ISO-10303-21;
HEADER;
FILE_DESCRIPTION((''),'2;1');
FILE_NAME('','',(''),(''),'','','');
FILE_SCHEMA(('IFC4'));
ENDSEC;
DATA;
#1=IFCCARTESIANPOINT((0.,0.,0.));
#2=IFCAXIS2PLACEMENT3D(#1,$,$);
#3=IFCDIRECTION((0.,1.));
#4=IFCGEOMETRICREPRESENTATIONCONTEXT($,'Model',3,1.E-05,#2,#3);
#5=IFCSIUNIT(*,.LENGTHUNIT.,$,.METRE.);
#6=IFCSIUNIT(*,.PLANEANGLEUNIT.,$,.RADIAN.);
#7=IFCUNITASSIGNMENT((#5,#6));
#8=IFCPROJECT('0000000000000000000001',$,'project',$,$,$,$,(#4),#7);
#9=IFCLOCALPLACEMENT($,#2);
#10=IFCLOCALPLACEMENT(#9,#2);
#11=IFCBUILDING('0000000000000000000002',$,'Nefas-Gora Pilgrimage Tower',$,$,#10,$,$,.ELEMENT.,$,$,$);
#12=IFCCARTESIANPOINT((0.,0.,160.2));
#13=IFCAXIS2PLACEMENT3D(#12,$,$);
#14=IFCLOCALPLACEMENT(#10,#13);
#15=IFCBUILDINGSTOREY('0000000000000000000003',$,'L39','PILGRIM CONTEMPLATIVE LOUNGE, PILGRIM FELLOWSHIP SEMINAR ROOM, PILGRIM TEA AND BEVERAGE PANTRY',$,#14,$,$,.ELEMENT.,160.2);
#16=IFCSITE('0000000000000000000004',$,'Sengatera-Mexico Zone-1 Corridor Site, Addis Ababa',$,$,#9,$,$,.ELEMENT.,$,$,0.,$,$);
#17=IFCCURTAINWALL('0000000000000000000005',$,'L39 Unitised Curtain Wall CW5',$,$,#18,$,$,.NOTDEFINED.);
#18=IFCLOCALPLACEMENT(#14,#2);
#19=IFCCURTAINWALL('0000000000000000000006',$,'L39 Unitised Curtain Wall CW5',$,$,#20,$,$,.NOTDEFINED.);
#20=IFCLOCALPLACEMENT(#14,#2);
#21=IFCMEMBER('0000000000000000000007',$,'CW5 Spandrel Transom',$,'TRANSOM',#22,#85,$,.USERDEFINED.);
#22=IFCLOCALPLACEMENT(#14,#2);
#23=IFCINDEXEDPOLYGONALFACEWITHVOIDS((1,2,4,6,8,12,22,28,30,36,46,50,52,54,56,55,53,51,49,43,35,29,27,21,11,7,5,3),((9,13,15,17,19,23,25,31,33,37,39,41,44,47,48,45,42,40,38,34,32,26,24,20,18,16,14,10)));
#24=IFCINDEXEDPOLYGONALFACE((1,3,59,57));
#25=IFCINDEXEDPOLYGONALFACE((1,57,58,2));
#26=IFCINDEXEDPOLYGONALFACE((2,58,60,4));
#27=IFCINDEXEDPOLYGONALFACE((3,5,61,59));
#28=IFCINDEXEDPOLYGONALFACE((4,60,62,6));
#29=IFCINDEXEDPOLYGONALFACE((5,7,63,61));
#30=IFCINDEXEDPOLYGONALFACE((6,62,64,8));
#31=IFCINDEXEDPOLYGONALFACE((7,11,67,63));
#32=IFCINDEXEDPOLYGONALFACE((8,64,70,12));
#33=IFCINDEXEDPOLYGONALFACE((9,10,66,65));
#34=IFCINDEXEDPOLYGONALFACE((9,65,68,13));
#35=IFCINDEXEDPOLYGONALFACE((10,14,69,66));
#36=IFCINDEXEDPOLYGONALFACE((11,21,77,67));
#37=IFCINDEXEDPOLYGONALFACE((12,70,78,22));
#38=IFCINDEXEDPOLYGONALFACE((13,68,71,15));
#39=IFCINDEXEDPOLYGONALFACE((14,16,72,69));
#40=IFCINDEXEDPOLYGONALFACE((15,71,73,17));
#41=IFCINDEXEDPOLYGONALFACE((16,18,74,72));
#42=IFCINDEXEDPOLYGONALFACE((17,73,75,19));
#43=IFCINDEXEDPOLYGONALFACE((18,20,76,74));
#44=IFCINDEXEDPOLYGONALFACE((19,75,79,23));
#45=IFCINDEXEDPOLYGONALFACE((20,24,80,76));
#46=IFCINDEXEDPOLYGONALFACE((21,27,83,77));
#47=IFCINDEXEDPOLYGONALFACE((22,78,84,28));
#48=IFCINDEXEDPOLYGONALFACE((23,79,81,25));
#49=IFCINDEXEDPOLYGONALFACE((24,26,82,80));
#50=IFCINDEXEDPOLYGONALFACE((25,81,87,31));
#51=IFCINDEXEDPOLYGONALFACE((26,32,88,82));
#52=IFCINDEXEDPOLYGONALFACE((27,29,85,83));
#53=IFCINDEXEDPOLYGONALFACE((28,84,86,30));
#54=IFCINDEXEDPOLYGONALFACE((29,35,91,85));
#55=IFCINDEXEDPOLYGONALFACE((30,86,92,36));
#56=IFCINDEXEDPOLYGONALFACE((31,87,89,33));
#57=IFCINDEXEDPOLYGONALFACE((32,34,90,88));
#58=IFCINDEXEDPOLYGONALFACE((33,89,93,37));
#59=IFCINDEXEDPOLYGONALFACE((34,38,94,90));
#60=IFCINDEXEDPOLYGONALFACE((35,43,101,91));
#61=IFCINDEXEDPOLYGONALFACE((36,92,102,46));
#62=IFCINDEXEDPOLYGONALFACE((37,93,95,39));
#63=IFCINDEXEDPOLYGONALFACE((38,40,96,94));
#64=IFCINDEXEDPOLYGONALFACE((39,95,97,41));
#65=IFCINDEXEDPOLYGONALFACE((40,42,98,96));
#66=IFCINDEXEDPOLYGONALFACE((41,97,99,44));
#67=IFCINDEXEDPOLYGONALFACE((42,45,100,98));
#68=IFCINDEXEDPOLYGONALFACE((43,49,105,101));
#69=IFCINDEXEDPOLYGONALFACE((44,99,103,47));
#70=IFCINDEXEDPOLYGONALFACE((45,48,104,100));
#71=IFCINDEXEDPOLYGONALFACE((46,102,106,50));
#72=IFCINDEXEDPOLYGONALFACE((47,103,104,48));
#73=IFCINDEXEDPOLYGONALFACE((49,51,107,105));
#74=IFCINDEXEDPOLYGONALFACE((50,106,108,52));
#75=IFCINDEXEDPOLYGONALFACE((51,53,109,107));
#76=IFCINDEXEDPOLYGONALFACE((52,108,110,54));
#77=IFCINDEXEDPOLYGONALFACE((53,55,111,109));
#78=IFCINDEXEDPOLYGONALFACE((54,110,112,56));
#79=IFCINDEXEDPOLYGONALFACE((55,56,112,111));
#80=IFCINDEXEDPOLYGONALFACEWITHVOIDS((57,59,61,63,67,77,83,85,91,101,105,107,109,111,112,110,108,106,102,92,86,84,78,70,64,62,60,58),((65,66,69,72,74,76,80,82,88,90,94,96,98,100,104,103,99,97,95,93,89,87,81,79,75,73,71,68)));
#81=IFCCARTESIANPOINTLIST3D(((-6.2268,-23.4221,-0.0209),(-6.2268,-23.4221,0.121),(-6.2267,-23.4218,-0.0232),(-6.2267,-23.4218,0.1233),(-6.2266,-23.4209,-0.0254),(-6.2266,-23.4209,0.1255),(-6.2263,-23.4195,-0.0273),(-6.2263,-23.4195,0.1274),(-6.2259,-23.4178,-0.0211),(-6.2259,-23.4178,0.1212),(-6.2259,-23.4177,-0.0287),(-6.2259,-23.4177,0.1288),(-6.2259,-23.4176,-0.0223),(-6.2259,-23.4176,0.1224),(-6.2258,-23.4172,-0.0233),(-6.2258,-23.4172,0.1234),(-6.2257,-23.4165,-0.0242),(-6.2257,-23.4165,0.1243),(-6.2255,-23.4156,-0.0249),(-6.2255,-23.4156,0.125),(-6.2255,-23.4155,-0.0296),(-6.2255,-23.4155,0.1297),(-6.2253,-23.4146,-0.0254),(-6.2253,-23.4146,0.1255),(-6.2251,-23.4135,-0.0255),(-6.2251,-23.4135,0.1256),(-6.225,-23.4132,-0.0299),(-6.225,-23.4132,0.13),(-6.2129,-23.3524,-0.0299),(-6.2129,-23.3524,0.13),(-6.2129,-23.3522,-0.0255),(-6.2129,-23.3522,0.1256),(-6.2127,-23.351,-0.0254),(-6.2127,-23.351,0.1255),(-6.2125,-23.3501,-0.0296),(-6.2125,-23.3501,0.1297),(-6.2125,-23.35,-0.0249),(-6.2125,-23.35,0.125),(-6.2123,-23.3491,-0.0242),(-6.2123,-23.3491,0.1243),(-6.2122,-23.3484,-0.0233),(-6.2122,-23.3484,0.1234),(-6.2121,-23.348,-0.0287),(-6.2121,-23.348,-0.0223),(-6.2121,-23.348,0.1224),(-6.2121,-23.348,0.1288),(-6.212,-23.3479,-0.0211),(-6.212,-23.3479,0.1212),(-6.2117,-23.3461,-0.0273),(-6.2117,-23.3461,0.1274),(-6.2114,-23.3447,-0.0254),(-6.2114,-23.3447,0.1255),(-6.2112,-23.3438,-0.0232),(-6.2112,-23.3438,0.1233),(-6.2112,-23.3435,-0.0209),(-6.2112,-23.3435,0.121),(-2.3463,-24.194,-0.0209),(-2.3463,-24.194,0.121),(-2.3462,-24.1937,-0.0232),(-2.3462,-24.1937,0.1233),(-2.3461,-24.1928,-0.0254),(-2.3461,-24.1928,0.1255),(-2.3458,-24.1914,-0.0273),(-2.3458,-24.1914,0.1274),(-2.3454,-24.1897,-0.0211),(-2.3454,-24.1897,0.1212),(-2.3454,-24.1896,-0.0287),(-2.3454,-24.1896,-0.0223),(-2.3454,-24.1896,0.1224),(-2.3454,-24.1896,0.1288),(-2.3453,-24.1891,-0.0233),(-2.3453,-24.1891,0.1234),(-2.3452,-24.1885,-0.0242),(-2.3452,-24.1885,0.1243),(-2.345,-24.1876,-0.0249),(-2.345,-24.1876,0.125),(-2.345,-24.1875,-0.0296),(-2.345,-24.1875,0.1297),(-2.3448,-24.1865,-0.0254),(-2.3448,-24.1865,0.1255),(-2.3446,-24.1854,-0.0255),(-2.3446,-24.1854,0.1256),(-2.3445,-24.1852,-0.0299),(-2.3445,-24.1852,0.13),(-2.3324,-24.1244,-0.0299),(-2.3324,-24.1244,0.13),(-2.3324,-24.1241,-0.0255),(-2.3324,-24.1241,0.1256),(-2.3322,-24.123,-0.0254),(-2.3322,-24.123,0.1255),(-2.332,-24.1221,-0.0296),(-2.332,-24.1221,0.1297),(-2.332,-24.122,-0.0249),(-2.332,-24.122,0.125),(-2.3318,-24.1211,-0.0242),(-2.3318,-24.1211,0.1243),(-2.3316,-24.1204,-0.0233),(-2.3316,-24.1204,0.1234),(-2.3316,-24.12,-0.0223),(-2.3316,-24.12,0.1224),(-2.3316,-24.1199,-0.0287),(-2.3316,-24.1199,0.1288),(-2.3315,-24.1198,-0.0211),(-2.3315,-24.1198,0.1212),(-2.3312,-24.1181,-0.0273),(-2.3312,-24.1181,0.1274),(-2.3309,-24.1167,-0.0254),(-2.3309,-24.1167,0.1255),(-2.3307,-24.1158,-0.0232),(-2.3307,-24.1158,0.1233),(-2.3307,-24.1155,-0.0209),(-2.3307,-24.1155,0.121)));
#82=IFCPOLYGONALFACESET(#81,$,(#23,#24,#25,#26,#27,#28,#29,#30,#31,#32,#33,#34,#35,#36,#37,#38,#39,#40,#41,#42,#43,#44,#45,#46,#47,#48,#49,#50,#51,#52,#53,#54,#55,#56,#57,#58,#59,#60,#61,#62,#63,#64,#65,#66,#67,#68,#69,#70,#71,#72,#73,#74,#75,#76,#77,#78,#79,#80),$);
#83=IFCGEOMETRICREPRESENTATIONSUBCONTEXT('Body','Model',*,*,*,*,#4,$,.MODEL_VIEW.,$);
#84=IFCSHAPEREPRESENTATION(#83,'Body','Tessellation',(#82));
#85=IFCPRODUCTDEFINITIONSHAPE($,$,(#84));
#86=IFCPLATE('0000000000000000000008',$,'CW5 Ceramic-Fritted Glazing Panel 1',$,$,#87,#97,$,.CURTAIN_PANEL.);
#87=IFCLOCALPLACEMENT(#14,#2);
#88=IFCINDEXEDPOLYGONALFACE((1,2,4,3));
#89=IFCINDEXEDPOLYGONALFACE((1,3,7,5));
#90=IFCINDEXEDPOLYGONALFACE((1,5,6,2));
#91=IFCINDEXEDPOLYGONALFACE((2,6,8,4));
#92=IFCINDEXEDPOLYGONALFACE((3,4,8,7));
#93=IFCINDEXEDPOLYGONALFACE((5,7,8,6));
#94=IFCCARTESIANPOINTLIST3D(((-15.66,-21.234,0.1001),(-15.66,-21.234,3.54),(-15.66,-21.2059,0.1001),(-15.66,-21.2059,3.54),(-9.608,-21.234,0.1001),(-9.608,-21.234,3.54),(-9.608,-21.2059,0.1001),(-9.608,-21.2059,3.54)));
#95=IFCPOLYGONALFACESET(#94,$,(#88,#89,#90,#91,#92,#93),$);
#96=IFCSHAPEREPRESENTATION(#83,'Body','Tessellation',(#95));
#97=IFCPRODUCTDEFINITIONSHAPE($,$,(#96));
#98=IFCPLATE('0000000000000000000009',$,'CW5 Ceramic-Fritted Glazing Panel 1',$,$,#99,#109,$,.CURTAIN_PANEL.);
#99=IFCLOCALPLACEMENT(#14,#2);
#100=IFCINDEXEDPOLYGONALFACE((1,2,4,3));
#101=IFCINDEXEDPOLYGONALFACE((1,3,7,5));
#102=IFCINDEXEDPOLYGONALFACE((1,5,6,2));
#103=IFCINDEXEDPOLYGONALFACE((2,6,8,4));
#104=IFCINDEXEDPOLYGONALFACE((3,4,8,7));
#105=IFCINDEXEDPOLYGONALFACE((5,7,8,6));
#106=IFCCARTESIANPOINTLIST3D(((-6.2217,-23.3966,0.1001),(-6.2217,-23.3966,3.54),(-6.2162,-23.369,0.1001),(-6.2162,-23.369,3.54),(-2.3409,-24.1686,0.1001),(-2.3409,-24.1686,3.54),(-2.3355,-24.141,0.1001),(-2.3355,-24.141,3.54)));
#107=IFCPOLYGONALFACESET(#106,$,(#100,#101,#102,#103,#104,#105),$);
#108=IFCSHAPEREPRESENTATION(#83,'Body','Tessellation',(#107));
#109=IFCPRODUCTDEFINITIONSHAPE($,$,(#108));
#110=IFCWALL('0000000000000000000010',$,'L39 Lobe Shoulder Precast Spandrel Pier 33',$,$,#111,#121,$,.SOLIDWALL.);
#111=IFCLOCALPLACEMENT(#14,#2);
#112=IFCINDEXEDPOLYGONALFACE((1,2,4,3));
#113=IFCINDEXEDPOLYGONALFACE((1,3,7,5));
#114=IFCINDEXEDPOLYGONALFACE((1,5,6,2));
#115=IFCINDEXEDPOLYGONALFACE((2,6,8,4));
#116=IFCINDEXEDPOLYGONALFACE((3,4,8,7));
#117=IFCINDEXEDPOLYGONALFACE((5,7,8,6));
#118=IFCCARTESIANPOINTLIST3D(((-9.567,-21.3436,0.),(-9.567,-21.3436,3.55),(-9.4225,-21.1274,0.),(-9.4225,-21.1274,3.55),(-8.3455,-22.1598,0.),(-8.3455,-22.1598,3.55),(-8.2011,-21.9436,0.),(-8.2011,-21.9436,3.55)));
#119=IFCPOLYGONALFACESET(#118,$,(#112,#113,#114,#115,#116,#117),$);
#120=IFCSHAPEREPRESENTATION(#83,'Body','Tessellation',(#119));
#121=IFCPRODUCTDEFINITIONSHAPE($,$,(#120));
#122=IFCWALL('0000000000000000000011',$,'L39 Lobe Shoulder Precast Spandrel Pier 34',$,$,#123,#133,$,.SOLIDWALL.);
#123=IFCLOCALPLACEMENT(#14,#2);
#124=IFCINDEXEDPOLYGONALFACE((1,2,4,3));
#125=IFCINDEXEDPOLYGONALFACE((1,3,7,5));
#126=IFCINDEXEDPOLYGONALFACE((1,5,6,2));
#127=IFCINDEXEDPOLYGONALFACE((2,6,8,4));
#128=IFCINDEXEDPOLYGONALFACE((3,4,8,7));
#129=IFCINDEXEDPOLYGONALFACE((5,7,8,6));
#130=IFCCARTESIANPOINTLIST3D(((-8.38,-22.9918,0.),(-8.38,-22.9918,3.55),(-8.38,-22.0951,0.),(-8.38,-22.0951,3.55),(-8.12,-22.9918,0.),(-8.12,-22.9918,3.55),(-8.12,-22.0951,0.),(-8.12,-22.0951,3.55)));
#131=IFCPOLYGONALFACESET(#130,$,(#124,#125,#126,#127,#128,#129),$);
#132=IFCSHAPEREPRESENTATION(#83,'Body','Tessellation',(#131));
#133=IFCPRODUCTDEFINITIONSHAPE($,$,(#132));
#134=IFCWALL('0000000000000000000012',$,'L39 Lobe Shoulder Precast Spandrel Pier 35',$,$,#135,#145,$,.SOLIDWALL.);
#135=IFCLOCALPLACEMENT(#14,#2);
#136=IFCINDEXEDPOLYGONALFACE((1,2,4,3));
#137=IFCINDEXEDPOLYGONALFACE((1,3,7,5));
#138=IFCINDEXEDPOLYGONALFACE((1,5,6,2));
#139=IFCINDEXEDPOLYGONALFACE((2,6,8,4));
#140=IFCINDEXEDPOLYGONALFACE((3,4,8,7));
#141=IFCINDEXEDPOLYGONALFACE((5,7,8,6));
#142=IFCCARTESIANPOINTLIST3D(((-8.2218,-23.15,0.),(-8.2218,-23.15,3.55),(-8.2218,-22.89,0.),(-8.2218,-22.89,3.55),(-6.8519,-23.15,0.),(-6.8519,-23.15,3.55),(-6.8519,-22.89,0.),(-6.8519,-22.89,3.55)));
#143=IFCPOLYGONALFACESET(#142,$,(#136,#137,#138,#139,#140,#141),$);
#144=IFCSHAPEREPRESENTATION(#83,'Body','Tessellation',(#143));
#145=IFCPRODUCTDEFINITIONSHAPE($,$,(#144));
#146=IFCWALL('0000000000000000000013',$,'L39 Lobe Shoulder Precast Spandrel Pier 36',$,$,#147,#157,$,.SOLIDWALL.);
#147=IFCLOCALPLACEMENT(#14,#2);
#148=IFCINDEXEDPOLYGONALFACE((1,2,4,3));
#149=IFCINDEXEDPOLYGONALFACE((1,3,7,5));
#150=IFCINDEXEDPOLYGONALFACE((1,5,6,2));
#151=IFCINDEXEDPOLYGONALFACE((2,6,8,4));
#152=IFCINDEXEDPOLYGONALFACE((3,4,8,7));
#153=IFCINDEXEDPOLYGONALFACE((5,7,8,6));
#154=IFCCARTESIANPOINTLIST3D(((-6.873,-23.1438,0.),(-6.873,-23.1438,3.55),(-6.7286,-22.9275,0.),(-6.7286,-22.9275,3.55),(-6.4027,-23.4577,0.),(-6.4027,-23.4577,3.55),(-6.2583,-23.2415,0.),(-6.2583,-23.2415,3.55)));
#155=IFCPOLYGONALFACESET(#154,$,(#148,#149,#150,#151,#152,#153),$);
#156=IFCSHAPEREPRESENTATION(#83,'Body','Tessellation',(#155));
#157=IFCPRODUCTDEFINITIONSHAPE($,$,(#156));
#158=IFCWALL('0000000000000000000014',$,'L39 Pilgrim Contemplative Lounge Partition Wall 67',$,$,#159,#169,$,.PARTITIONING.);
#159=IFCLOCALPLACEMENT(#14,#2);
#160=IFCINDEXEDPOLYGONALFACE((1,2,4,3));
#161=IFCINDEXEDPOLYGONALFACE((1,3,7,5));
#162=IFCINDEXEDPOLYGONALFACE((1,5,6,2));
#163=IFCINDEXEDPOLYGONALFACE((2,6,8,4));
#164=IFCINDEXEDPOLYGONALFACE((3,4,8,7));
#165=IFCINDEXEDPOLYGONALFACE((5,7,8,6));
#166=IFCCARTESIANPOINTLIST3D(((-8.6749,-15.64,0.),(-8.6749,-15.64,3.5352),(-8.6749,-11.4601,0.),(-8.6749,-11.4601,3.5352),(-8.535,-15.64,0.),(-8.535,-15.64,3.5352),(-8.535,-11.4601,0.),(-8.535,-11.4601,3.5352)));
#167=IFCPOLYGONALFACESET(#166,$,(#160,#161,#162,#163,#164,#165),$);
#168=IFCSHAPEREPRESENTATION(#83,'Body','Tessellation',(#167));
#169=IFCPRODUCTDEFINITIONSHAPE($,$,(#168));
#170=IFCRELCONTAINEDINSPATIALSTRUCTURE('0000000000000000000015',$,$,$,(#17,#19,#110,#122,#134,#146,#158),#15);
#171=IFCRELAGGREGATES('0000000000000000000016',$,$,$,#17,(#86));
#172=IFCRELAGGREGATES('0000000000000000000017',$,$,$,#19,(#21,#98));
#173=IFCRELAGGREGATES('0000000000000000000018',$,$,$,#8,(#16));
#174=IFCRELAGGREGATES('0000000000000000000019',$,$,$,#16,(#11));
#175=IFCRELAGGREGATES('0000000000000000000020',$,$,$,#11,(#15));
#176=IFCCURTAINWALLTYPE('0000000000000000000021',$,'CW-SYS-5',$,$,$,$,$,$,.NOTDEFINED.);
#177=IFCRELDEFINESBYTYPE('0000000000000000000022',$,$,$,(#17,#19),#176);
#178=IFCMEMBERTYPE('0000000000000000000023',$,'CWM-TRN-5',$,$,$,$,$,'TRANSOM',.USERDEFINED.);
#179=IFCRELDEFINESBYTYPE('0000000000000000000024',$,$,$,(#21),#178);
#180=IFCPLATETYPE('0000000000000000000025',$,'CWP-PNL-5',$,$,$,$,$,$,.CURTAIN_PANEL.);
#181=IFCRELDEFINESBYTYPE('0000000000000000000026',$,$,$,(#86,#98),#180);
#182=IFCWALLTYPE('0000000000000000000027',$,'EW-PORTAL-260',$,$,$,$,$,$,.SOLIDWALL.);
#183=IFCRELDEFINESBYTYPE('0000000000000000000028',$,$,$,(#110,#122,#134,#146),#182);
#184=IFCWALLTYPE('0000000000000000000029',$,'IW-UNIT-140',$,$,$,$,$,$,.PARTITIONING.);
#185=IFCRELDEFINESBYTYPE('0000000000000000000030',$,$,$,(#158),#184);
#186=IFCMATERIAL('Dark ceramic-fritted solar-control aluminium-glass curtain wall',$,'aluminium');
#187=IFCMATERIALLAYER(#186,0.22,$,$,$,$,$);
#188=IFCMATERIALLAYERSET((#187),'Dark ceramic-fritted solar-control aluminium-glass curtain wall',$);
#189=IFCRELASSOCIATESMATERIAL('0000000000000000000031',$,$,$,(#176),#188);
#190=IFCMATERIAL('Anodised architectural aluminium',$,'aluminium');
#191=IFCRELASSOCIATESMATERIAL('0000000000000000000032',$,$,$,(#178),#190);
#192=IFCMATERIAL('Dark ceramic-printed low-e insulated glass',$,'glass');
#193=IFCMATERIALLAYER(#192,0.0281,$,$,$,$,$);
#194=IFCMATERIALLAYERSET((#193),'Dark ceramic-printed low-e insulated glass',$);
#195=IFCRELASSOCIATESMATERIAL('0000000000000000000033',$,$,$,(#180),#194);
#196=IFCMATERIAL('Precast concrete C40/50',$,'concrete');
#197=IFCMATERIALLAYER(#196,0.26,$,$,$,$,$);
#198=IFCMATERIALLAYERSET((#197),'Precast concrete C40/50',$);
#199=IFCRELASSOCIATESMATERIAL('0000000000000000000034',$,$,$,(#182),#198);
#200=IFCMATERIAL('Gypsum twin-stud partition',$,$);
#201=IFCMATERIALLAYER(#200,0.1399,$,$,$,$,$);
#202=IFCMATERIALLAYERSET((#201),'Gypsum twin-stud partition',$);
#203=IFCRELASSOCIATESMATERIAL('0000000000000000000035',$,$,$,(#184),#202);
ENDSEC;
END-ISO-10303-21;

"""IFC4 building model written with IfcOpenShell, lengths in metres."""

from ifc_helpers import new_model, si_unit, direction, frame, frame_2d, origin, origin_2d, place, context, subcontext, project, spatial, rectangle, hollow_rectangle, extrude, source, transform, mapped, material, layer, layer_set, material_profile, profile_set, type_object, element, aggregate, save


model = new_model("IFC4")

# Units and contexts
model_context = context("Model", 3, precision=1e-05, world=origin(), true_north=direction((0.0, 1.0)))
body_context = subcontext(model_context, "Body", "Model", "MODEL_VIEW")
ifc_project = project(units=[si_unit("LENGTHUNIT", "METRE"), si_unit("PLANEANGLEUNIT", "RADIAN")], contexts=[model_context])

# Site, building, storey
site_placement = place(None, origin())
site = spatial("IfcSite", under=ifc_project, at=site_placement, Name="Sengatera-Mexico Zone-1 Corridor Site, Addis Ababa", CompositionType="ELEMENT", RefElevation=0.0)
building_placement = place(site_placement, origin())
building = spatial("IfcBuilding", under=site, at=building_placement, Name="Nefas-Gora Pilgrimage Tower", CompositionType="ELEMENT")
storey_placement = place(building_placement, frame((0.0, 0.0, 160.2)))
storey = spatial("IfcBuildingStorey", under=building, at=storey_placement, Name="L39", Description="PILGRIM CONTEMPLATIVE LOUNGE, PILGRIM FELLOWSHIP SEMINAR ROOM, PILGRIM TEA AND BEVERAGE PANTRY", CompositionType="ELEMENT", Elevation=160.2)

# Curtain wall
ifc_material_1 = material(Name="Dark ceramic-fritted solar-control aluminium-glass curtain wall", Category="aluminium")
ifc_layer_1 = layer(ifc_material_1, 0.22)
ifc_layer_set_1 = layer_set([ifc_layer_1], Name="Dark ceramic-fritted solar-control aluminium-glass curtain wall")
curtain_wall_type = type_object("IfcCurtainWallType", Name="CW-SYS-5", PredefinedType="NOTDEFINED", material=ifc_layer_set_1)
curtain_wall_1_placement = place(storey_placement, origin())
curtain_wall_1 = element("IfcCurtainWall", 1, at=curtain_wall_1_placement, inside=storey, type_object=curtain_wall_type, Name="L39 Unitised Curtain Wall CW5", PredefinedType="NOTDEFINED")
ifc_material_2 = material(Name="Anodised architectural aluminium", Category="aluminium")

# Curtain wall
curtain_wall_2_placement = place(storey_placement, origin())
curtain_wall_2 = element("IfcCurtainWall", 2, at=curtain_wall_2_placement, inside=storey, type_object=curtain_wall_type, Name="L39 Unitised Curtain Wall CW5", PredefinedType="NOTDEFINED")

# Member
ifc_material_profile_1 = material_profile(ifc_material_2, hollow_rectangle(XDim=0.0801, YDim=0.1599, WallThickness=0.0044, InnerFilletRadius=0.0044, OuterFilletRadius=0.009, at=origin_2d()), Name="ALU TRANSOM 80x160")
ifc_profile_set_1 = profile_set([ifc_material_profile_1], Name="Anodised architectural aluminium")
member_type_1 = type_object("IfcMemberType", Name="CWM-TRN-5", ElementType="TRANSOM", PredefinedType="USERDEFINED", material=ifc_profile_set_1)
shared_shape_1 = source(origin(), body_context, "Body", "SweptSolid", [
    extrude(hollow_rectangle(XDim=0.0801, YDim=0.1599, WallThickness=0.0044, InnerFilletRadius=0.0044, OuterFilletRadius=0.009, at=origin_2d()), origin(), (0.0, 0.0, 1.0), 3.9565),
])
member_1_placement = place(storey_placement, frame((-6.219, -23.3828, 0.05), z_axis=(0.980782, -0.195107, 0.0), x_axis=(0.195107, 0.980782, 0.0)))
member_1 = element("IfcMember", 3, at=member_1_placement, type_object=member_type_1, Name="CW5 Spandrel Transom", ObjectType="TRANSOM", PredefinedType="USERDEFINED", context=body_context, shape_type="MappedRepresentation", body=[
    mapped(shared_shape_1, transform((0.0, 0.0, 0.0), x_axis=(1.0, 0.0, 0.0), y_axis=(0.0, 1.0, 0.0), z_axis=(0.0, 0.0, 1.0), scale=1.0)),
])

# Plates
ifc_material_3 = material(Name="Dark ceramic-printed low-e insulated glass", Category="glass")
ifc_layer_2 = layer(ifc_material_3, 0.0281)
ifc_layer_set_2 = layer_set([ifc_layer_2], Name="Dark ceramic-printed low-e insulated glass")
plate_type = type_object("IfcPlateType", Name="CWP-PNL-5", PredefinedType="CURTAIN_PANEL", material=ifc_layer_set_2)
shared_shape_2 = source(origin(), body_context, "Body", "SweptSolid", [
    extrude(rectangle(XDim=6.052, YDim=0.0281, at=origin_2d()), origin(), (0.0, 0.0, 1.0), 3.4399),
])
plate_1_placement = place(storey_placement, frame((-12.634, -21.22, 0.1001), z_axis=(0.0, 0.0, 1.0), x_axis=(1.0, 0.0, 0.0)))
plate_1 = element("IfcPlate", 4, at=plate_1_placement, type_object=plate_type, Name="CW5 Ceramic-Fritted Glazing Panel 1", PredefinedType="CURTAIN_PANEL", context=body_context, shape_type="MappedRepresentation", body=[
    mapped(shared_shape_2, transform((0.0, 0.0, 0.0), x_axis=(1.0, 0.0, 0.0), y_axis=(0.0, 1.0, 0.0), z_axis=(0.0, 0.0, 1.0), scale=1.0)),
])
aggregate(curtain_wall_1, [plate_1])
shared_shape_3 = source(origin(), body_context, "Body", "SweptSolid", [
    extrude(rectangle(XDim=3.9568, YDim=0.0281, at=origin_2d()), origin(), (0.0, 0.0, 1.0), 3.4399),
])
plate_2_placement = place(storey_placement, frame((-4.2786, -23.7688, 0.1001), z_axis=(0.0, 0.0, 1.0), x_axis=(0.980783, -0.195102, 0.0)))
plate_2 = element("IfcPlate", 5, at=plate_2_placement, type_object=plate_type, Name="CW5 Ceramic-Fritted Glazing Panel 1", PredefinedType="CURTAIN_PANEL", context=body_context, shape_type="MappedRepresentation", body=[
    mapped(shared_shape_3, transform((0.0, 0.0, 0.0), x_axis=(1.0, 0.0, 0.0), y_axis=(0.0, 1.0, 0.0), z_axis=(0.0, 0.0, 1.0), scale=1.0)),
])
aggregate(curtain_wall_2, [member_1, plate_2])

# Walls
ifc_material_4 = material(Name="Precast concrete C40/50", Category="concrete")
ifc_layer_3 = layer(ifc_material_4, 0.26)
ifc_layer_set_3 = layer_set([ifc_layer_3], Name="Precast concrete C40/50")
wall_type_1 = type_object("IfcWallType", Name="EW-PORTAL-260", PredefinedType="SOLIDWALL", material=ifc_layer_set_3)
shared_shape_4 = source(origin(), body_context, "Body", "SweptSolid", [
    extrude(rectangle(XDim=1.469, YDim=0.26, at=frame_2d((0.7344, 0.0))), origin(), (0.0, 0.0, 1.0), 3.55),
])
wall_1_placement = place(storey_placement, frame((-9.4946, -21.2356, 0.0), z_axis=(0.0, 0.0, 1.0), x_axis=(0.831462, -0.555582, 0.0)))
element("IfcWall", 6, at=wall_1_placement, inside=storey, type_object=wall_type_1, Name="L39 Lobe Shoulder Precast Spandrel Pier 33", PredefinedType="SOLIDWALL", context=body_context, shape_type="MappedRepresentation", body=[
    mapped(shared_shape_4, transform((0.0, 0.0, 0.0), x_axis=(1.0, 0.0, 0.0), y_axis=(0.0, 1.0, 0.0), z_axis=(0.0, 0.0, 1.0), scale=1.0)),
])
shared_shape_5 = source(origin(), body_context, "Body", "SweptSolid", [
    extrude(rectangle(XDim=0.8967, YDim=0.26, at=frame_2d((0.4482, 0.0))), origin(), (0.0, 0.0, 1.0), 3.55),
])
wall_2_placement = place(storey_placement, frame((-8.25, -22.0952, 0.0), z_axis=(0.0, 0.0, 1.0), x_axis=(0.0, -1.0, 0.0)))
element("IfcWall", 7, at=wall_2_placement, inside=storey, type_object=wall_type_1, Name="L39 Lobe Shoulder Precast Spandrel Pier 34", PredefinedType="SOLIDWALL", context=body_context, shape_type="MappedRepresentation", body=[
    mapped(shared_shape_5, transform((0.0, 0.0, 0.0), x_axis=(1.0, 0.0, 0.0), y_axis=(0.0, 1.0, 0.0), z_axis=(0.0, 0.0, 1.0), scale=1.0)),
])
shared_shape_6 = source(origin(), body_context, "Body", "SweptSolid", [
    extrude(rectangle(XDim=1.3699, YDim=0.26, at=frame_2d((0.6851, 0.0))), origin(), (0.0, 0.0, 1.0), 3.55),
])
wall_3_placement = place(storey_placement, frame((-8.2219, -23.02, 0.0), z_axis=(0.0, 0.0, 1.0), x_axis=(1.0, 0.0, 0.0)))
element("IfcWall", 8, at=wall_3_placement, inside=storey, type_object=wall_type_1, Name="L39 Lobe Shoulder Precast Spandrel Pier 35", PredefinedType="SOLIDWALL", context=body_context, shape_type="MappedRepresentation", body=[
    mapped(shared_shape_6, transform((0.0, 0.0, 0.0), x_axis=(1.0, 0.0, 0.0), y_axis=(0.0, 1.0, 0.0), z_axis=(0.0, 0.0, 1.0), scale=1.0)),
])
shared_shape_7 = source(origin(), body_context, "Body", "SweptSolid", [
    extrude(rectangle(XDim=0.5654, YDim=0.26, at=frame_2d((0.2827, 0.0))), origin(), (0.0, 0.0, 1.0), 3.55),
])
wall_4_placement = place(storey_placement, frame((-6.8008, -23.0356, 0.0), z_axis=(0.0, 0.0, 1.0), x_axis=(0.831651, -0.555298, 0.0)))
element("IfcWall", 9, at=wall_4_placement, inside=storey, type_object=wall_type_1, Name="L39 Lobe Shoulder Precast Spandrel Pier 36", PredefinedType="SOLIDWALL", context=body_context, shape_type="MappedRepresentation", body=[
    mapped(shared_shape_7, transform((0.0, 0.0, 0.0), x_axis=(1.0, 0.0, 0.0), y_axis=(0.0, 1.0, 0.0), z_axis=(0.0, 0.0, 1.0), scale=1.0)),
])
ifc_material_5 = material(Name="Gypsum twin-stud partition")
ifc_layer_4 = layer(ifc_material_5, 0.1399)
ifc_layer_set_4 = layer_set([ifc_layer_4], Name="Gypsum twin-stud partition")
wall_type_2 = type_object("IfcWallType", Name="IW-UNIT-140", PredefinedType="PARTITIONING", material=ifc_layer_set_4)
shared_shape_8 = source(origin(), body_context, "Body", "SweptSolid", [
    extrude(rectangle(XDim=4.1799, YDim=0.1399, at=frame_2d((2.0898, 0.0))), origin(), (0.0, 0.0, 1.0), 3.5352),
])
wall_5_placement = place(storey_placement, frame((-8.605, -15.6399, 0.0), z_axis=(0.0, 0.0, 1.0), x_axis=(0.0, 1.0, 0.0)))
element("IfcWall", 10, at=wall_5_placement, inside=storey, type_object=wall_type_2, Name="L39 Pilgrim Contemplative Lounge Partition Wall 67", PredefinedType="PARTITIONING", context=body_context, shape_type="MappedRepresentation", body=[
    mapped(shared_shape_8, transform((0.0, 0.0, 0.0), x_axis=(1.0, 0.0, 0.0), y_axis=(0.0, 1.0, 0.0), z_axis=(0.0, 0.0, 1.0), scale=1.0)),
])

save(model, "model.ifc")
